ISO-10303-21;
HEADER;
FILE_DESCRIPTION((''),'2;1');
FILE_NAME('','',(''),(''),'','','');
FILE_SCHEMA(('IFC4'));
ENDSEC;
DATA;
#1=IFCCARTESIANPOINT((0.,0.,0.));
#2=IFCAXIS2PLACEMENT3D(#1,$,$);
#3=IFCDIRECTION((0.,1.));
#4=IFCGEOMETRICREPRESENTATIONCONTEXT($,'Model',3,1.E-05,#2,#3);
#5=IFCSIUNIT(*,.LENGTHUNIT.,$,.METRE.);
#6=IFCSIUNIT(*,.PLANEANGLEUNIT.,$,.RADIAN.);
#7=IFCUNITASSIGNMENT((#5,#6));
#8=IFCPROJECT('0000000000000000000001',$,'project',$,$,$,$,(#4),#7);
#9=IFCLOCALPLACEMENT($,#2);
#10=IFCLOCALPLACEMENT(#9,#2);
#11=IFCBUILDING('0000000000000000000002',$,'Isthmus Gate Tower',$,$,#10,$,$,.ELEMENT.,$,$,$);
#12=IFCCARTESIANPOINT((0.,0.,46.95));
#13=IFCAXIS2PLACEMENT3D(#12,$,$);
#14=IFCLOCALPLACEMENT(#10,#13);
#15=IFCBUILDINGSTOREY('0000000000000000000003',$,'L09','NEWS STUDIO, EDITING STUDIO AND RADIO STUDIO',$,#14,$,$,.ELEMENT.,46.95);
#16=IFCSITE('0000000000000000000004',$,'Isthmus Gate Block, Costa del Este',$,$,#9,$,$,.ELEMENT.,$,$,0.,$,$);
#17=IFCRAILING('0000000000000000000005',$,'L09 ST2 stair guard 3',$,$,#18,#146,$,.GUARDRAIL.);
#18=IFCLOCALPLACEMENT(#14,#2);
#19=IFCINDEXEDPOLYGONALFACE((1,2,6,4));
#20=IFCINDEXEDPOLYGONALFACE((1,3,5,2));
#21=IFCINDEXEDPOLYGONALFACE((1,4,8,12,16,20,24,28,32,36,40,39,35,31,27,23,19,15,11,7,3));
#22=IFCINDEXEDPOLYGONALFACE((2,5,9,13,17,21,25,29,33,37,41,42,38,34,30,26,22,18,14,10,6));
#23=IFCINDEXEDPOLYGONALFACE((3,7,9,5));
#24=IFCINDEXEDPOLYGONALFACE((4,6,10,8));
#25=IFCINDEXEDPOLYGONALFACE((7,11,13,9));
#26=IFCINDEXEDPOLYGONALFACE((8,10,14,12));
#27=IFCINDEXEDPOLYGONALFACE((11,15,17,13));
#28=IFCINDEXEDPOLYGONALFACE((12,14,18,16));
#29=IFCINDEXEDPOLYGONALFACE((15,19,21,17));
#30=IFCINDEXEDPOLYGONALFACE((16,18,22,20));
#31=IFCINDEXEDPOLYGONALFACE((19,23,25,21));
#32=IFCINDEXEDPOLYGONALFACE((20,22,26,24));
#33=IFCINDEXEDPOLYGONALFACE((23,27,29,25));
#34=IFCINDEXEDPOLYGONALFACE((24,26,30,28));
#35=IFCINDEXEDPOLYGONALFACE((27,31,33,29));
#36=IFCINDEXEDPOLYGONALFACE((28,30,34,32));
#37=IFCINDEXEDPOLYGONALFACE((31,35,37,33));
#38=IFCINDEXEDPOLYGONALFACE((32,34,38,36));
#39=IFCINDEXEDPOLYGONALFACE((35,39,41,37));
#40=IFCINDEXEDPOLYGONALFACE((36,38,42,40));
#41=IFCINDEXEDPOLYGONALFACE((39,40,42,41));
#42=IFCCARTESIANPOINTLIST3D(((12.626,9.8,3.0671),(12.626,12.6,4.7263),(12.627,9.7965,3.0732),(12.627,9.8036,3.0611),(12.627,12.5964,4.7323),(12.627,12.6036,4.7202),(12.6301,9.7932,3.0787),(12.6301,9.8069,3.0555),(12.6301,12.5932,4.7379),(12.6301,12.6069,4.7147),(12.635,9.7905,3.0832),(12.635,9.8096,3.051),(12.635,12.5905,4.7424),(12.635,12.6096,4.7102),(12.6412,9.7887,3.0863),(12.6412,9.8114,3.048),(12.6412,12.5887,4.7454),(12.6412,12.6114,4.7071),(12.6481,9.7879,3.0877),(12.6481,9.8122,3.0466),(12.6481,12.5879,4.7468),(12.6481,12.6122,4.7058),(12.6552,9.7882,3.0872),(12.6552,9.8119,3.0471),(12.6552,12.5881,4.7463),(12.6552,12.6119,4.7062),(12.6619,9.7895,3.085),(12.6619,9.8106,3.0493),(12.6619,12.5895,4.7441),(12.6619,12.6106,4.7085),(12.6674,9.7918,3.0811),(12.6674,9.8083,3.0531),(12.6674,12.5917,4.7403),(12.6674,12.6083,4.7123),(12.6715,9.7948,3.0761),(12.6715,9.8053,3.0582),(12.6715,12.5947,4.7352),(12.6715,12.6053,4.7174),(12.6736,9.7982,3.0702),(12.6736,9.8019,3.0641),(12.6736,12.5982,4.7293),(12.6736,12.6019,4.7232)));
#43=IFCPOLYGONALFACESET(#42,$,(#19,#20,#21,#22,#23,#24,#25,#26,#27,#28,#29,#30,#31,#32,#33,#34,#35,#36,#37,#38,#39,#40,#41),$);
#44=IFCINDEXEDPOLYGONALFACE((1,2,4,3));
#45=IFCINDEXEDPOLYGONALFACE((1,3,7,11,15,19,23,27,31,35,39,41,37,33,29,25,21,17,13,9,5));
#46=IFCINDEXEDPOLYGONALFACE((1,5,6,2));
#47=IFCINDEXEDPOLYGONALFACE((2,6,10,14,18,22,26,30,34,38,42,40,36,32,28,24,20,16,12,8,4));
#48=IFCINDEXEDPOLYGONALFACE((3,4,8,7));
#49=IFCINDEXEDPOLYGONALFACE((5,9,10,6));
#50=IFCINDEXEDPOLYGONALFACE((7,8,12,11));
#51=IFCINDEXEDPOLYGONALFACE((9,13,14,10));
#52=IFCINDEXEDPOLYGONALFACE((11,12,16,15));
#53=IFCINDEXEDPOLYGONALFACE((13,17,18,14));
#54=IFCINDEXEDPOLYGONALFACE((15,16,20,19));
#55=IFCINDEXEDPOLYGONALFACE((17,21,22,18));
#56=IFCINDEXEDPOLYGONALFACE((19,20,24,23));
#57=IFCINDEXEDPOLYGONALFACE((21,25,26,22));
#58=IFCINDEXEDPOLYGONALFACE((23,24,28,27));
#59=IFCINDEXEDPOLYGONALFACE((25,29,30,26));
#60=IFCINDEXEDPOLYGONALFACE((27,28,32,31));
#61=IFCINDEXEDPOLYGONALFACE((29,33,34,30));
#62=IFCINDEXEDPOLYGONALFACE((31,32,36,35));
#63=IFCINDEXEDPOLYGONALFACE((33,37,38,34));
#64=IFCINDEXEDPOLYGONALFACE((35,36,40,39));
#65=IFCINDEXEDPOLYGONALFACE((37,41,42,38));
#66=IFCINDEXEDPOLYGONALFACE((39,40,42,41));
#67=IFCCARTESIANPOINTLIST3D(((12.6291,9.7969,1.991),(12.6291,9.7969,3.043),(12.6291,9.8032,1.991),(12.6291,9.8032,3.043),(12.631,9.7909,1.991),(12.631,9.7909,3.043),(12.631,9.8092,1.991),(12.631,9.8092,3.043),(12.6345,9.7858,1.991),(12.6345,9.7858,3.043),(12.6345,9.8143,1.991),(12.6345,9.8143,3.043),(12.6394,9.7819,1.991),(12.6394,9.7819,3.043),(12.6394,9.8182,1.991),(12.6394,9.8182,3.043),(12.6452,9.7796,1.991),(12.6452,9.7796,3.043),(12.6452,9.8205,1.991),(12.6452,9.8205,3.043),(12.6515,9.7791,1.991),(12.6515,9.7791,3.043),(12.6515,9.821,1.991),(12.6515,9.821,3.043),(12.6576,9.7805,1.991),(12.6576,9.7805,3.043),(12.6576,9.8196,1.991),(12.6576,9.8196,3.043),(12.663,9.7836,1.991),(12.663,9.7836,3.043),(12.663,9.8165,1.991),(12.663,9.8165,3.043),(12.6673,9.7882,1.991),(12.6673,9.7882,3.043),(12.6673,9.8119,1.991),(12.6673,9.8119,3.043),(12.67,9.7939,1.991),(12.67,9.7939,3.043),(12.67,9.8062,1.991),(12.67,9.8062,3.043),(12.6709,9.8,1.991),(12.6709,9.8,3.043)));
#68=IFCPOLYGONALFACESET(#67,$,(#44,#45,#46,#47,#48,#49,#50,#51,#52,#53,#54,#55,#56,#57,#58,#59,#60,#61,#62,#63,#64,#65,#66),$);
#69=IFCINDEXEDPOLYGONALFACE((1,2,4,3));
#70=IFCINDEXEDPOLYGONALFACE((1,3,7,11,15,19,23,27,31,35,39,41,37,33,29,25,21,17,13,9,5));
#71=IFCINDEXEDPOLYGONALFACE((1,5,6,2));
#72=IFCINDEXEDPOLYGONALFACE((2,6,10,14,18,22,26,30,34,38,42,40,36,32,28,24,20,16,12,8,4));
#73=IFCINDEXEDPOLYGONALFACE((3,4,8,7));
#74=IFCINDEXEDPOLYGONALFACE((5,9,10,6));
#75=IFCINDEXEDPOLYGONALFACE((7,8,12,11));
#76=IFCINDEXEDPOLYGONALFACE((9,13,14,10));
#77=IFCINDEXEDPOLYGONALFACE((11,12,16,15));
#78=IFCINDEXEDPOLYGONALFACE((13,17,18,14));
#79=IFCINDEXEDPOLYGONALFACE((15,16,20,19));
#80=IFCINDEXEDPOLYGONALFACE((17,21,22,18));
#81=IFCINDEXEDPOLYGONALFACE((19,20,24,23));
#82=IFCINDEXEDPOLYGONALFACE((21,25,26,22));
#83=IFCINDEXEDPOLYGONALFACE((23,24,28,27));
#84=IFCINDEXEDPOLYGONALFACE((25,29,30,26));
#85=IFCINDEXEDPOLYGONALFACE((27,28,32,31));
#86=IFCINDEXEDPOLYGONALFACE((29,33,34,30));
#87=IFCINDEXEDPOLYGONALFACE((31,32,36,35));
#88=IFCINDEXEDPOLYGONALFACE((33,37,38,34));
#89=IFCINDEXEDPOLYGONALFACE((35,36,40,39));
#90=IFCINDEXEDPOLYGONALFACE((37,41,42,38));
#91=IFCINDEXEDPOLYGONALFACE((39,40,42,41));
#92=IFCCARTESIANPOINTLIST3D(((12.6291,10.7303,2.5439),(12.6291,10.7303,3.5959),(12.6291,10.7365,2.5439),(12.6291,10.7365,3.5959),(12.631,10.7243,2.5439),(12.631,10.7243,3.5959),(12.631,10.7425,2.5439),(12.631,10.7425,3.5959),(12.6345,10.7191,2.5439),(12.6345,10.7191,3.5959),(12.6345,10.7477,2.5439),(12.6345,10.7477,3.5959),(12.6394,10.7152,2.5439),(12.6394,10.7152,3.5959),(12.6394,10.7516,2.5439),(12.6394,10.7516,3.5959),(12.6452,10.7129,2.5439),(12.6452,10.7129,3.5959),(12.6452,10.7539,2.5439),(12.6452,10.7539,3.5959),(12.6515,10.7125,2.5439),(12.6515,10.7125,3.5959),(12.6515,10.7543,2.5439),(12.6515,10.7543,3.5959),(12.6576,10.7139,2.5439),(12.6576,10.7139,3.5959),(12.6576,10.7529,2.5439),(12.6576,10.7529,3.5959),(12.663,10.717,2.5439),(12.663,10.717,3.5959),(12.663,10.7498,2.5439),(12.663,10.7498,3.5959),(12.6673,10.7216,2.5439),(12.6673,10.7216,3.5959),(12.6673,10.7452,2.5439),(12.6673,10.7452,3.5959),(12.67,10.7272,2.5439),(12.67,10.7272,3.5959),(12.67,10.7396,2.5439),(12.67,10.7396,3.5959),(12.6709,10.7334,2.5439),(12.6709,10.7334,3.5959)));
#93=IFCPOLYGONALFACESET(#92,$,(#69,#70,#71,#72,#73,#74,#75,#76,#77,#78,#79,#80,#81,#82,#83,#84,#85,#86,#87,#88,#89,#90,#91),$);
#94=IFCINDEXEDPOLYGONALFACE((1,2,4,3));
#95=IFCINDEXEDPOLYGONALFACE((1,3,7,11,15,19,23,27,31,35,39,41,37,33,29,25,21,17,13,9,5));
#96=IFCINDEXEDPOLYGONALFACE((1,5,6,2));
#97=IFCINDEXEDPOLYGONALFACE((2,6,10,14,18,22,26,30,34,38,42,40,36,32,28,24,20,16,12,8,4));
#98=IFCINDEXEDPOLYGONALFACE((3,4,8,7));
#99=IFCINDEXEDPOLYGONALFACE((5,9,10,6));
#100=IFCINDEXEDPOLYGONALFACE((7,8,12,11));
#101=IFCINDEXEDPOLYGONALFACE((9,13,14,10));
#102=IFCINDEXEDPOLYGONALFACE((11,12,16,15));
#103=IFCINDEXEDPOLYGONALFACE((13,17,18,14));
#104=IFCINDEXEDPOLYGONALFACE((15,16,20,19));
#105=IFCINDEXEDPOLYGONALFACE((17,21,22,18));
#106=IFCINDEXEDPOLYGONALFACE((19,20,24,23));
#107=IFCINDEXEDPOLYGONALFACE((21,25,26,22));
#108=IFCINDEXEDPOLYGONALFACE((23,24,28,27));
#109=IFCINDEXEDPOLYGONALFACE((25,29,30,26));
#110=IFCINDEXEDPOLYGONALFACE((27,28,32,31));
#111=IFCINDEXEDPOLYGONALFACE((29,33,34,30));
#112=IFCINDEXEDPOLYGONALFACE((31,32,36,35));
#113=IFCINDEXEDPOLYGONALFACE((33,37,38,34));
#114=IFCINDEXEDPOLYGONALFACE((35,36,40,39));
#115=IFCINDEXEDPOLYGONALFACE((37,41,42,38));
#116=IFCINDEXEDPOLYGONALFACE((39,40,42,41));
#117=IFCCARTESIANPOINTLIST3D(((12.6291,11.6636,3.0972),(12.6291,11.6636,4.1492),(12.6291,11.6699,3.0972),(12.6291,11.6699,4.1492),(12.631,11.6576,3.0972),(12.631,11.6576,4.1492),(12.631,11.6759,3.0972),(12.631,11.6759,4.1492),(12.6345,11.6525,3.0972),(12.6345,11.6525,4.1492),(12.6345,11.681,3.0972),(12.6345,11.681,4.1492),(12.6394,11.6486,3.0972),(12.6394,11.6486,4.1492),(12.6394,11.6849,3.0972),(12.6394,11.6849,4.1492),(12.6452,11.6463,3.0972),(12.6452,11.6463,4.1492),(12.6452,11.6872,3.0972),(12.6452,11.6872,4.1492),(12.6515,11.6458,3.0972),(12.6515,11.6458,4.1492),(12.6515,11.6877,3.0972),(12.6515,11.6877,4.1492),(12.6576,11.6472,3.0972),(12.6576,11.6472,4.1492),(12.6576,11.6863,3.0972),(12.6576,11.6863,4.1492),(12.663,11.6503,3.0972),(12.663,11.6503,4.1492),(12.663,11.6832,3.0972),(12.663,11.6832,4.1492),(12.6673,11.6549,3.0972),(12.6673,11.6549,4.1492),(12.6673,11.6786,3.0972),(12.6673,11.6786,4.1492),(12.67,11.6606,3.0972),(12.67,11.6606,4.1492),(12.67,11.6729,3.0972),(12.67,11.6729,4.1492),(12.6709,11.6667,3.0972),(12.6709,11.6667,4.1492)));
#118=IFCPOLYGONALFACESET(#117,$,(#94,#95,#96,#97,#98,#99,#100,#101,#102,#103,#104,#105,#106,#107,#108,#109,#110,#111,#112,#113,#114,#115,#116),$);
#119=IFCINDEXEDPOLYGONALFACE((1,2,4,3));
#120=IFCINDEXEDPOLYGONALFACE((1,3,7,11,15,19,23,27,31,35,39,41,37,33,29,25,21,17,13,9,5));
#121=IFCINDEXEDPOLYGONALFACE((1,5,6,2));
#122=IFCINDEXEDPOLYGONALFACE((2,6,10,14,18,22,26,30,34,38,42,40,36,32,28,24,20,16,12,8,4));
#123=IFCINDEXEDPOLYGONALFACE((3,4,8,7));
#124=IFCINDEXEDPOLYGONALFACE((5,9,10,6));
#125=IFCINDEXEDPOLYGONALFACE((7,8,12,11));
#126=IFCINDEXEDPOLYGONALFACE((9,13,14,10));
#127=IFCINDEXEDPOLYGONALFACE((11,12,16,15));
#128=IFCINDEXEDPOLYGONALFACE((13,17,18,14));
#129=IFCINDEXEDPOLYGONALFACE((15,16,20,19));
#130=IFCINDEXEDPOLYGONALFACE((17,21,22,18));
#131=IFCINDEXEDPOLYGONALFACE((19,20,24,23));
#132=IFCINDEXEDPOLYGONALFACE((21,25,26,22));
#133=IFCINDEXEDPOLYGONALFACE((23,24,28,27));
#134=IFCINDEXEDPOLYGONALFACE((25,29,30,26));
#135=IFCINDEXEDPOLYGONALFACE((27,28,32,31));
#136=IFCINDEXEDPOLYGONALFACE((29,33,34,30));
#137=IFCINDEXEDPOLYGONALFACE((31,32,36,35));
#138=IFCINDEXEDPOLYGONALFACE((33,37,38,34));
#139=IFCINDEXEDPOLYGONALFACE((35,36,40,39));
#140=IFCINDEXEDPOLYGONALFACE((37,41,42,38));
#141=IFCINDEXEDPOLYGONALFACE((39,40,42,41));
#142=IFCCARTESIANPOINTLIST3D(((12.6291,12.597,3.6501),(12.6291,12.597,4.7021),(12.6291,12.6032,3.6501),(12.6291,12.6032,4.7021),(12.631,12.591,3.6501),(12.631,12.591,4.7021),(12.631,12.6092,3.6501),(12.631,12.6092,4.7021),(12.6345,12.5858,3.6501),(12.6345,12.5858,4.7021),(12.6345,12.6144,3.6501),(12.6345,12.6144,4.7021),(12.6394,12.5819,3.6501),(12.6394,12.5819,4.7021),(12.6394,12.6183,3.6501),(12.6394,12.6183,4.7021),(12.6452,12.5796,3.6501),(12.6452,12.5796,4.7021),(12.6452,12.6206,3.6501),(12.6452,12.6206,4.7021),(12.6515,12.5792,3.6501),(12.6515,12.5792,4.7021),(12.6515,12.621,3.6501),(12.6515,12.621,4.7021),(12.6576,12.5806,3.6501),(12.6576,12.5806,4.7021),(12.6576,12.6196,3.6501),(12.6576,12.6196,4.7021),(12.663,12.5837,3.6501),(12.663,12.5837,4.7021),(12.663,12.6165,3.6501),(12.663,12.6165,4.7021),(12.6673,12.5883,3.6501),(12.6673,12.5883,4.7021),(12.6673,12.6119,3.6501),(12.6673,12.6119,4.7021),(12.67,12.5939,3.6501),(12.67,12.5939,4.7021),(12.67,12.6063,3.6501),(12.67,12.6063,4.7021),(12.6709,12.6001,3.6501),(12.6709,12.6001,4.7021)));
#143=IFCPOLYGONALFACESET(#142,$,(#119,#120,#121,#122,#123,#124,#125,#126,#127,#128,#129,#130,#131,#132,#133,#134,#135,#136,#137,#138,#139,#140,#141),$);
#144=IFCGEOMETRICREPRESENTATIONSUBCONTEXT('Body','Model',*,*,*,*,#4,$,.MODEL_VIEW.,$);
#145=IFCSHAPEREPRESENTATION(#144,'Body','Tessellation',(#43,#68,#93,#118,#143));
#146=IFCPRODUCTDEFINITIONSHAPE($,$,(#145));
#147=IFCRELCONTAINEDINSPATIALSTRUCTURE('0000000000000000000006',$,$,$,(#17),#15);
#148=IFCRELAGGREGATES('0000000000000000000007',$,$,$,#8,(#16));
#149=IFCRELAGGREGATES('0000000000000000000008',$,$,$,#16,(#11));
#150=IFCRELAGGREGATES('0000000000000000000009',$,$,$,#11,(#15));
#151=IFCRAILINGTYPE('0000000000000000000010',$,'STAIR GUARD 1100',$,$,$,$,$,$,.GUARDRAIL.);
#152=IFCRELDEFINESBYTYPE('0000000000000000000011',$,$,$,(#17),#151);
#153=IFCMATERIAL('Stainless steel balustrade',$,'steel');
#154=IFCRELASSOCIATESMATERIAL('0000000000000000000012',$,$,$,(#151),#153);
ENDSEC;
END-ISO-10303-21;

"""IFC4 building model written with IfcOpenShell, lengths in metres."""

from ifc_helpers import new_model, si_unit, direction, frame, origin, origin_2d, place, context, subcontext, project, spatial, circle, extrude, material, type_object, element, save


model = new_model("IFC4")

# Units and contexts
model_context = context("Model", 3, precision=1e-05, world=origin(), true_north=direction((0.0, 1.0)))
body_context = subcontext(model_context, "Body", "Model", "MODEL_VIEW")
ifc_project = project(units=[si_unit("LENGTHUNIT", "METRE"), si_unit("PLANEANGLEUNIT", "RADIAN")], contexts=[model_context])

# Site, building, storey
site_placement = place(None, origin())
site = spatial("IfcSite", under=ifc_project, at=site_placement, Name="Isthmus Gate Block, Costa del Este", CompositionType="ELEMENT", RefElevation=0.0)
building_placement = place(site_placement, origin())
building = spatial("IfcBuilding", under=site, at=building_placement, Name="Isthmus Gate Tower", CompositionType="ELEMENT")
storey_placement = place(building_placement, frame((0.0, 0.0, 46.95)))
storey = spatial("IfcBuildingStorey", under=building, at=storey_placement, Name="L09", Description="NEWS STUDIO, EDITING STUDIO AND RADIO STUDIO", CompositionType="ELEMENT", Elevation=46.95)

# Railing
ifc_material_1 = material(Name="Stainless steel balustrade", Category="steel")
railing_type_1 = type_object("IfcRailingType", Name="STAIR GUARD 1100", PredefinedType="GUARDRAIL", material=ifc_material_1)
railing_1_placement = place(storey_placement, frame((12.6499, 9.8, 1.991)))
element("IfcRailing", 1, at=railing_1_placement, inside=storey, type_object=railing_type_1, Name="L09 ST2 stair guard 3", PredefinedType="GUARDRAIL", context=body_context, shape_type="SweptSolid", body=[
    extrude(circle(Radius=0.0239, at=origin_2d()), frame((0.0, 0.0, 1.0762), z_axis=(0.0, 0.860306, 0.509778), x_axis=(-1.0, 0.0, 0.0)), (0.0, 0.0, 1.0), 3.2546),
    extrude(circle(Radius=0.021, at=origin_2d()), origin(), (0.0, 0.0, 1.0), 1.052),
    extrude(circle(Radius=0.021, at=origin_2d()), frame((0.0, 0.9333, 0.553)), (0.0, 0.0, 1.0), 1.052),
    extrude(circle(Radius=0.021, at=origin_2d()), frame((0.0, 1.8667, 1.1062)), (0.0, 0.0, 1.0), 1.052),
    extrude(circle(Radius=0.021, at=origin_2d()), frame((0.0, 2.8, 1.6592)), (0.0, 0.0, 1.0), 1.052),
])

save(model, "model.ifc")
